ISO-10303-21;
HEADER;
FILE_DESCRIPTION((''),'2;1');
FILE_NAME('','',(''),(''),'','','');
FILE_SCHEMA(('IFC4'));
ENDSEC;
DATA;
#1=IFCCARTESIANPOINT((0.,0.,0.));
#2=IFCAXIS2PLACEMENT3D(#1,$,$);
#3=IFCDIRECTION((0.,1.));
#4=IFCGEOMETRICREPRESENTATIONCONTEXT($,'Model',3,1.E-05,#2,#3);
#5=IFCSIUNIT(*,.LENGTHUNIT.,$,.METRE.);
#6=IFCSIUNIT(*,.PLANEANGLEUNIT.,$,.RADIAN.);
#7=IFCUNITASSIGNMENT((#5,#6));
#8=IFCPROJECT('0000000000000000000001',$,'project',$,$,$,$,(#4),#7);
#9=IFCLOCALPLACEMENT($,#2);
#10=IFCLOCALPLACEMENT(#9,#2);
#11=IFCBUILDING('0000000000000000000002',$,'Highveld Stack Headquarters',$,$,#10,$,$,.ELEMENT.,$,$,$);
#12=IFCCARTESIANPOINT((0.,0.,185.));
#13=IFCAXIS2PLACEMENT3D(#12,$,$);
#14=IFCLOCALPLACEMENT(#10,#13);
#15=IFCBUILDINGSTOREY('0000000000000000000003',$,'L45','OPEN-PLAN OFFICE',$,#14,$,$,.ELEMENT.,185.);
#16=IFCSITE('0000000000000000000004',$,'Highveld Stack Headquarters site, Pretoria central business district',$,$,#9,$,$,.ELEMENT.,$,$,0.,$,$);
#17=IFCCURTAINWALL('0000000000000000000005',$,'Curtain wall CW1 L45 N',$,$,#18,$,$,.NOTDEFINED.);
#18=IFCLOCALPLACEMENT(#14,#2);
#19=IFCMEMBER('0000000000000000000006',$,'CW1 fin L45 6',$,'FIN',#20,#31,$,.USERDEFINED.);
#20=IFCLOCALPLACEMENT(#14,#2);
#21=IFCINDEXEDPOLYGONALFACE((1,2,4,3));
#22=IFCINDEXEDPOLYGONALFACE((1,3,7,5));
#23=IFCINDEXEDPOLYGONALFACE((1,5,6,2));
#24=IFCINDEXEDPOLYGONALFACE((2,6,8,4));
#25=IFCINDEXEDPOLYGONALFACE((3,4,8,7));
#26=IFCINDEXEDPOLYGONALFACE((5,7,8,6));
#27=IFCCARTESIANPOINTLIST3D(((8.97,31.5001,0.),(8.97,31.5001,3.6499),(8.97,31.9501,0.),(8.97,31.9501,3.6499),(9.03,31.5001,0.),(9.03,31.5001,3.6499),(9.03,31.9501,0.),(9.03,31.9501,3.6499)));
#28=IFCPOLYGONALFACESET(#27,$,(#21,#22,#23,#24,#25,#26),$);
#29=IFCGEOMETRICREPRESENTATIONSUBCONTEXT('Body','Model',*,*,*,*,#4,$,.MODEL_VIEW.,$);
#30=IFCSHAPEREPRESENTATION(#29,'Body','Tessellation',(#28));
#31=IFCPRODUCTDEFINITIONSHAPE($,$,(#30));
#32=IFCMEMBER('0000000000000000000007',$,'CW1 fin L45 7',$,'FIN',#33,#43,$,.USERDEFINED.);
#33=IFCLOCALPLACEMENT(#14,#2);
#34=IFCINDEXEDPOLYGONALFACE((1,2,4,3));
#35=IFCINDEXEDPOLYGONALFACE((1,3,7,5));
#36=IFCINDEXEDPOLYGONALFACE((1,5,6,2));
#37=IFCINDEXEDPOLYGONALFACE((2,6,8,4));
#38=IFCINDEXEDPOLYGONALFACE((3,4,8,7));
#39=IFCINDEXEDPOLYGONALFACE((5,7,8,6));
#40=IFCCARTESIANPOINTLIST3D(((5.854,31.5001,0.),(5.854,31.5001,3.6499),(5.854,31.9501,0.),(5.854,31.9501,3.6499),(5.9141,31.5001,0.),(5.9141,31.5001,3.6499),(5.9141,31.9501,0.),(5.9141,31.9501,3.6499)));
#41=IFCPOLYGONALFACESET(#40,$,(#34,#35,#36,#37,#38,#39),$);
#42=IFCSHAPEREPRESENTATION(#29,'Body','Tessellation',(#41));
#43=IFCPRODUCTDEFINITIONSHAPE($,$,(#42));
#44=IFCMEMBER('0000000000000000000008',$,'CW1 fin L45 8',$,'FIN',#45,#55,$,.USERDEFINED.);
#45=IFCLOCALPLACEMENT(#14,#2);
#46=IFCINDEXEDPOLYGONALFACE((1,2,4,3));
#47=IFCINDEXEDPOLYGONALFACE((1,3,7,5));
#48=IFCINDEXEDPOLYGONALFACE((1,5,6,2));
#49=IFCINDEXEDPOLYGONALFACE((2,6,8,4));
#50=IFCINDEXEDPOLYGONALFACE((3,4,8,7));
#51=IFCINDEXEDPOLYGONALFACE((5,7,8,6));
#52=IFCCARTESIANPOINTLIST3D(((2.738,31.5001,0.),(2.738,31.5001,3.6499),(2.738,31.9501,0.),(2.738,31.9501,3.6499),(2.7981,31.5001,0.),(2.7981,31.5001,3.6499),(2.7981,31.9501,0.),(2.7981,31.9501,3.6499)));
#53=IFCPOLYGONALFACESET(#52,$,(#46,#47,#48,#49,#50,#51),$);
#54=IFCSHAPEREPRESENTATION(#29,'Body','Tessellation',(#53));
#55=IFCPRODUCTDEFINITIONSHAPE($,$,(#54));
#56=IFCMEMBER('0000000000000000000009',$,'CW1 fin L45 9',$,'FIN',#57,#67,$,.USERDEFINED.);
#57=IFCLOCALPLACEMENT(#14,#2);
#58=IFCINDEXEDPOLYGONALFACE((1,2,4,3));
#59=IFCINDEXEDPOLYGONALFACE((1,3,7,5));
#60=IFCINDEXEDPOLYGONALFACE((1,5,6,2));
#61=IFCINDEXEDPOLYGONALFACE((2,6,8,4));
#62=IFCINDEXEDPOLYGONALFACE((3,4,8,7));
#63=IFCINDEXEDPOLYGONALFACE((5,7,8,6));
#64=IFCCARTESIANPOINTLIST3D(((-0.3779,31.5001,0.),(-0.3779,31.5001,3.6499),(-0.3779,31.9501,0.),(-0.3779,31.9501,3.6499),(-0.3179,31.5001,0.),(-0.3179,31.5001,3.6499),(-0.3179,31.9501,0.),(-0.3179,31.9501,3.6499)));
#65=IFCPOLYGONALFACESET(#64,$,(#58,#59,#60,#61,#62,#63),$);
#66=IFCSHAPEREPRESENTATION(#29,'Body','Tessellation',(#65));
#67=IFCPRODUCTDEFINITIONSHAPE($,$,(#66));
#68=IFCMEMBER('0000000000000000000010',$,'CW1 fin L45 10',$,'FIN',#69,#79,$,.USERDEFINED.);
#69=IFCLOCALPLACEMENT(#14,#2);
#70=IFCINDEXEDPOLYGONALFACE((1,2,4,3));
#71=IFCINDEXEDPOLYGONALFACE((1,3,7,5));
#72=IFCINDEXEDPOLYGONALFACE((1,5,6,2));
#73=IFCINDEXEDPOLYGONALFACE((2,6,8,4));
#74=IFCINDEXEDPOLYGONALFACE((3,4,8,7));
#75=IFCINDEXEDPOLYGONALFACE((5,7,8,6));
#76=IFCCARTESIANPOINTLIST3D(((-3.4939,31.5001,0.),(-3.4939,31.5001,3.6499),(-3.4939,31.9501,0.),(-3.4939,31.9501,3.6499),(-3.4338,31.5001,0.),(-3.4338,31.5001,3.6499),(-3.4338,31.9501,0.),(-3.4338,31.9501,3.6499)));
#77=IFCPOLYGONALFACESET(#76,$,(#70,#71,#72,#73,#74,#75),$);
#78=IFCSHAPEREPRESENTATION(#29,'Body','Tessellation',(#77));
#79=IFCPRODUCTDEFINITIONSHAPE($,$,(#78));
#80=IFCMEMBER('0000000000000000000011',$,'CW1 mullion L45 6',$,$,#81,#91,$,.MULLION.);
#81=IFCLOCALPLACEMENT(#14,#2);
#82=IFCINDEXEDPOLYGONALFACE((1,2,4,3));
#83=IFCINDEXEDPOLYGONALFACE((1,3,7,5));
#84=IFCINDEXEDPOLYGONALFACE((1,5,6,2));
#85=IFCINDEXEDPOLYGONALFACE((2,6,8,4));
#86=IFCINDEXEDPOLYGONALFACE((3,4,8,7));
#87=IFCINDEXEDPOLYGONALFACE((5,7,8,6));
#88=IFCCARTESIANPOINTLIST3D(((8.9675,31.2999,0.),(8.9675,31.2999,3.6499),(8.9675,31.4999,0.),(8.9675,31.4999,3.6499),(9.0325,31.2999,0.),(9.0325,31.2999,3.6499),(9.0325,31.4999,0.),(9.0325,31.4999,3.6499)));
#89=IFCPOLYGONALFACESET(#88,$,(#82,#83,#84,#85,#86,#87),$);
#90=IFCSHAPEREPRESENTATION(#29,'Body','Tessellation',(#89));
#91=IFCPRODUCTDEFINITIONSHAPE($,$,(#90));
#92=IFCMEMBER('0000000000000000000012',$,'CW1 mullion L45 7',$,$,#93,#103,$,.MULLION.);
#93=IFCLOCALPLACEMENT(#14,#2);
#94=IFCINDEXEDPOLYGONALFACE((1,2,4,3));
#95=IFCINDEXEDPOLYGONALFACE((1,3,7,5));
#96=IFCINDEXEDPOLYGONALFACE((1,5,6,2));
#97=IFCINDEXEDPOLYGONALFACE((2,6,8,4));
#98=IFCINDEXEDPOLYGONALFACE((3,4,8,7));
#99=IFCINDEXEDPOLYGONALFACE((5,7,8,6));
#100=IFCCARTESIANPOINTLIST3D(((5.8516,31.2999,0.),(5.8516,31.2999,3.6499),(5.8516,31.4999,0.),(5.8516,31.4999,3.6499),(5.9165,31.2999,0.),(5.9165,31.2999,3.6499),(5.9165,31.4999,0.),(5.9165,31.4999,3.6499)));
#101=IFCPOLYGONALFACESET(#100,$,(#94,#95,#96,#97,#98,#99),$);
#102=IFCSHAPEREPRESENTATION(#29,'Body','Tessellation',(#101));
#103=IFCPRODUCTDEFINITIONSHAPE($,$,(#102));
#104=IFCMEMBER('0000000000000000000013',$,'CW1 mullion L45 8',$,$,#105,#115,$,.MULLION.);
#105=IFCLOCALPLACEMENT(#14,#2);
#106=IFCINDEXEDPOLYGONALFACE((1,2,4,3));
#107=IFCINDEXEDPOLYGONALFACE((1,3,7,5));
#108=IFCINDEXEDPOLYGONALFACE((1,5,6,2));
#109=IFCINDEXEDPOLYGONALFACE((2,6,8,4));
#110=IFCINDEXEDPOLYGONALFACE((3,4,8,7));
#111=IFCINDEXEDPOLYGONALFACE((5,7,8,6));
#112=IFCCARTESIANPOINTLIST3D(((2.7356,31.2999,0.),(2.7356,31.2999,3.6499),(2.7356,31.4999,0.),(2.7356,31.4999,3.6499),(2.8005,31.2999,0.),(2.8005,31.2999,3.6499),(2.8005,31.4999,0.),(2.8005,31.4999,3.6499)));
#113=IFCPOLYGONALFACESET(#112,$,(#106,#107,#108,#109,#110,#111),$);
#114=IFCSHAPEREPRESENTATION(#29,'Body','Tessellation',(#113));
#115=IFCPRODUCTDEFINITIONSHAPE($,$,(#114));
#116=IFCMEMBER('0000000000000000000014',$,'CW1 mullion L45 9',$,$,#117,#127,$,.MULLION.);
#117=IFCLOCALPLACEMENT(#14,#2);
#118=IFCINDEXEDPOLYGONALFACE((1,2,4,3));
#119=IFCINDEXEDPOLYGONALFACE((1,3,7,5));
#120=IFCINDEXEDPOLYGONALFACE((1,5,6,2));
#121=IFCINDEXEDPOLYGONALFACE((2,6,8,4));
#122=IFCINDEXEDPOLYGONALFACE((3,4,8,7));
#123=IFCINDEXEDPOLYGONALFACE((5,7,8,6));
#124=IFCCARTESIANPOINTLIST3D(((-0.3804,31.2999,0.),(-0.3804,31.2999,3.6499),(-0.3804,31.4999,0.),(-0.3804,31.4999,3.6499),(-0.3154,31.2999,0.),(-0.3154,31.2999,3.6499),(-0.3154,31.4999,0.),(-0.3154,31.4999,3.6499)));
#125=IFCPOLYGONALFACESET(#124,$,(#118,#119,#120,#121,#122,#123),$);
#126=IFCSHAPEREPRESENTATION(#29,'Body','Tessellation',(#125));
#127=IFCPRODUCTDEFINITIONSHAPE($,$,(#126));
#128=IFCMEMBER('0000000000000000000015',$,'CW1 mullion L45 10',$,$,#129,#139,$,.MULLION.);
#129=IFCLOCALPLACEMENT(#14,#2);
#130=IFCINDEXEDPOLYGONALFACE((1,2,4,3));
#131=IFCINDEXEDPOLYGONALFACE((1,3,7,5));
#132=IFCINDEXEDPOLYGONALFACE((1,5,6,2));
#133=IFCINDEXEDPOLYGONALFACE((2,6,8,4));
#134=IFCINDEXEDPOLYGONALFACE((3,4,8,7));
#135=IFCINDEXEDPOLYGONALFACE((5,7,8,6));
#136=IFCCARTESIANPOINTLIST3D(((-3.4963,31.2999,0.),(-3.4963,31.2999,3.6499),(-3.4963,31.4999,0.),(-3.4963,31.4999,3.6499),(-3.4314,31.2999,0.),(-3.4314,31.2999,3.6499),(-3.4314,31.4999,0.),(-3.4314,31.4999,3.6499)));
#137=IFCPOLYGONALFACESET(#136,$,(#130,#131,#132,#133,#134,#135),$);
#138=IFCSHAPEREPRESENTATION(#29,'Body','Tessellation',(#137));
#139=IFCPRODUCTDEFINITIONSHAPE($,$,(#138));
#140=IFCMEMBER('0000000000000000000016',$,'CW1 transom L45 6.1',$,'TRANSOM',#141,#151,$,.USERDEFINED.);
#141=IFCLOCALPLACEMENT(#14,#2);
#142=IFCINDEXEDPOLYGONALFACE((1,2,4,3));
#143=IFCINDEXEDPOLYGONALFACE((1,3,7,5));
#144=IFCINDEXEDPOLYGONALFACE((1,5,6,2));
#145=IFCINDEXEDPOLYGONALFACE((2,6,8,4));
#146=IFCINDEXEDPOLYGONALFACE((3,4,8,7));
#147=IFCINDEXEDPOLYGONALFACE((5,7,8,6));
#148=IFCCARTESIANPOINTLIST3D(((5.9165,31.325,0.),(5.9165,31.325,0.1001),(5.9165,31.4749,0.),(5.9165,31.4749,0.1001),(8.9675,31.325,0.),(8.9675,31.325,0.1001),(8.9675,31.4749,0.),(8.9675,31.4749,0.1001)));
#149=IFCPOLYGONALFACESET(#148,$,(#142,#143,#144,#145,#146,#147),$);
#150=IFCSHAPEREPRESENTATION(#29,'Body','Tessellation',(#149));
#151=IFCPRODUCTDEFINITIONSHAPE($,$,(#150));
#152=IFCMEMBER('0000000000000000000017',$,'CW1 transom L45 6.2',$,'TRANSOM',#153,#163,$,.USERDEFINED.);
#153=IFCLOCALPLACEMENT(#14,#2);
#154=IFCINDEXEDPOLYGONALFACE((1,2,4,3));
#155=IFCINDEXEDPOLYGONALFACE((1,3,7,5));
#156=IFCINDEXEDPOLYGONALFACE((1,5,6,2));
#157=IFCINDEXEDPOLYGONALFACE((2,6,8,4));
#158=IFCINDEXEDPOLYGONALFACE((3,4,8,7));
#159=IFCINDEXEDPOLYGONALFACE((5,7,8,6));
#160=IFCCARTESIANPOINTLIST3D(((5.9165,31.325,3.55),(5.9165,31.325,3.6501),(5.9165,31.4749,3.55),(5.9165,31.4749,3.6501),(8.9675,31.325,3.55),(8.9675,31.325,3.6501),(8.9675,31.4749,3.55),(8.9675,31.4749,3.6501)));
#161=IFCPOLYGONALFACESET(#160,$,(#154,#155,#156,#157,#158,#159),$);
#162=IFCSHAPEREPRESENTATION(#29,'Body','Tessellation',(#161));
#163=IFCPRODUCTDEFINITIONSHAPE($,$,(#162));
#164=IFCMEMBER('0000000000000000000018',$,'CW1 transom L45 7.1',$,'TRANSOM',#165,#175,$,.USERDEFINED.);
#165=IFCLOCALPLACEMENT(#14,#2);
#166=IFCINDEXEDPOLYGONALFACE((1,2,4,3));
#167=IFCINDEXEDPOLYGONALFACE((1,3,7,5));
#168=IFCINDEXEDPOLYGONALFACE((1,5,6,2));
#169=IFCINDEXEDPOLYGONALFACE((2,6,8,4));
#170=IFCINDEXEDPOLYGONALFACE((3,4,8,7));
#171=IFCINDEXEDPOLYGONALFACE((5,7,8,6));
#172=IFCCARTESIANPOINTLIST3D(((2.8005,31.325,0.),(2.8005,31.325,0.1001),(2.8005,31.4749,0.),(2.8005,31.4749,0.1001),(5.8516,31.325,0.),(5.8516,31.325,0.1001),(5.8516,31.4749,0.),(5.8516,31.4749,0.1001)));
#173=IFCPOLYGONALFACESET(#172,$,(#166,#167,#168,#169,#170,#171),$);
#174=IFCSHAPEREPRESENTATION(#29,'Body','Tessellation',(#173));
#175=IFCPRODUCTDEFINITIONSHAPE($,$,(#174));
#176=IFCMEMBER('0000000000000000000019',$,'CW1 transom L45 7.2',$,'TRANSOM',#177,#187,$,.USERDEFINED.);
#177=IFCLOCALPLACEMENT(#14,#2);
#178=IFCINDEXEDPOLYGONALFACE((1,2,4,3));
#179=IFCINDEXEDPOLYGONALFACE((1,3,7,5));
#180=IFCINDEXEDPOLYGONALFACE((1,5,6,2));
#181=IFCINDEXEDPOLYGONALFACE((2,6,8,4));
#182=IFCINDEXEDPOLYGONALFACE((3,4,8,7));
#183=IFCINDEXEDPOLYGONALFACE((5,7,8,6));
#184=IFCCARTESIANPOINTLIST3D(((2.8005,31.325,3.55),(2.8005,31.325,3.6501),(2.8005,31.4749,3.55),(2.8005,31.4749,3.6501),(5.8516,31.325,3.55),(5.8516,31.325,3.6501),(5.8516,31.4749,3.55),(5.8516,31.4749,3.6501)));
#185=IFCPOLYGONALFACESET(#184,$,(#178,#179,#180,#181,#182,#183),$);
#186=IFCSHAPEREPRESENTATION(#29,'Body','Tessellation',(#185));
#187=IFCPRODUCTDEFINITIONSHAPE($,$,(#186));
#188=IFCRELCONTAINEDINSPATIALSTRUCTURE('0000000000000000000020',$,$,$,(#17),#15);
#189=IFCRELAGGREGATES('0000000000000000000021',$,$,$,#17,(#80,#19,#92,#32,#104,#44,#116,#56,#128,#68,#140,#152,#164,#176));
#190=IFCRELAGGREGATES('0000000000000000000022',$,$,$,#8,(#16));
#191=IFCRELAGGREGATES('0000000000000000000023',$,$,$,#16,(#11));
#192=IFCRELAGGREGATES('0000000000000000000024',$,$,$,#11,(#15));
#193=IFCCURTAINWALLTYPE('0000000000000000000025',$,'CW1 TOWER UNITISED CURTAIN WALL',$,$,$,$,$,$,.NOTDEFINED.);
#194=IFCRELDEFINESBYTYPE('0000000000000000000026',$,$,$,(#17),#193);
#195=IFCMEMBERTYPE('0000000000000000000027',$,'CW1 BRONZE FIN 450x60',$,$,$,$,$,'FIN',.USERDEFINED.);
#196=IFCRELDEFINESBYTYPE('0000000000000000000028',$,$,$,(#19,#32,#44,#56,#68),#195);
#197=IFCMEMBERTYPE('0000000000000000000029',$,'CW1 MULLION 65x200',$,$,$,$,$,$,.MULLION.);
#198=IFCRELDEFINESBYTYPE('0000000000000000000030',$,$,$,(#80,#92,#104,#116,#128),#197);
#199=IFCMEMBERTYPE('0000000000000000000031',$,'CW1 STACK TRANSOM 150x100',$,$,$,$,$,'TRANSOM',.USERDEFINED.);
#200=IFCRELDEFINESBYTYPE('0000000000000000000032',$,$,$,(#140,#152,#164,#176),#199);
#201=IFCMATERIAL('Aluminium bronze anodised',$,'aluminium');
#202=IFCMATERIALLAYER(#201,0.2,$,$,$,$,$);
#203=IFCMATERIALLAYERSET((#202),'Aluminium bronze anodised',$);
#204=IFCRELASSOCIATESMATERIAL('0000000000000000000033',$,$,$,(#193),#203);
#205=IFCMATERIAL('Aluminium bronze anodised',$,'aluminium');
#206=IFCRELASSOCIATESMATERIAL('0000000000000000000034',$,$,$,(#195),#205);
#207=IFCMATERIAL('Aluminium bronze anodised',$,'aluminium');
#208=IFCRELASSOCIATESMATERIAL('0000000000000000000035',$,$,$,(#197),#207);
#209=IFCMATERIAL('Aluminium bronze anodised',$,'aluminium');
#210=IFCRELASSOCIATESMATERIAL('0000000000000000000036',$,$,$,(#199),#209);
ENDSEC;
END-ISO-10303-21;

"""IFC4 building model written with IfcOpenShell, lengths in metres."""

from ifc_helpers import new_model, si_unit, direction, frame, origin, origin_2d, place, context, subcontext, project, spatial, rectangle, extrude, material, layer, layer_set, material_profile, profile_set, type_object, element, aggregate, save


model = new_model("IFC4")

# Units and contexts
model_context = context("Model", 3, precision=1e-05, world=origin(), true_north=direction((0.0, 1.0)))
body_context = subcontext(model_context, "Body", "Model", "MODEL_VIEW")
ifc_project = project(units=[si_unit("LENGTHUNIT", "METRE"), si_unit("PLANEANGLEUNIT", "RADIAN")], contexts=[model_context])

# Site, building, storey
site_placement = place(None, origin())
site = spatial("IfcSite", under=ifc_project, at=site_placement, Name="Highveld Stack Headquarters site, Pretoria central business district", CompositionType="ELEMENT", RefElevation=0.0)
building_placement = place(site_placement, origin())
building = spatial("IfcBuilding", under=site, at=building_placement, Name="Highveld Stack Headquarters", CompositionType="ELEMENT")
storey_placement = place(building_placement, frame((0.0, 0.0, 185.0)))
storey = spatial("IfcBuildingStorey", under=building, at=storey_placement, Name="L45", Description="OPEN-PLAN OFFICE", CompositionType="ELEMENT", Elevation=185.0)

# Curtain wall, members
ifc_material_1 = material(Name="Aluminium bronze anodised", Category="aluminium")
ifc_layer_1 = layer(ifc_material_1, 0.2)
ifc_layer_set_1 = layer_set([ifc_layer_1], Name="Aluminium bronze anodised")
curtain_wall_type = type_object("IfcCurtainWallType", Name="CW1 TOWER UNITISED CURTAIN WALL", PredefinedType="NOTDEFINED", material=ifc_layer_set_1)
curtain_wall_placement = place(storey_placement, origin())
curtain_wall = element("IfcCurtainWall", 1, at=curtain_wall_placement, inside=storey, type_object=curtain_wall_type, Name="Curtain wall CW1 L45 N", PredefinedType="NOTDEFINED")
ifc_material_2 = material(Name="Aluminium bronze anodised", Category="aluminium")
ifc_material_profile_1 = material_profile(ifc_material_2, rectangle(XDim=0.45, YDim=0.0601, at=origin_2d()), Name="FIN 450x60")
ifc_profile_set_1 = profile_set([ifc_material_profile_1], Name="Aluminium bronze anodised")
member_type_1 = type_object("IfcMemberType", Name="CW1 BRONZE FIN 450x60", ElementType="FIN", PredefinedType="USERDEFINED", material=ifc_profile_set_1)
member_1_placement = place(storey_placement, frame((9.0, 31.7251, 0.0), z_axis=(0.0, 0.0, 1.0), x_axis=(0.0, -1.0, 0.0)))
member_1 = element("IfcMember", 2, at=member_1_placement, type_object=member_type_1, Name="CW1 fin L45 6", ObjectType="FIN", PredefinedType="USERDEFINED", context=body_context, shape_type="SweptSolid", body=[
    extrude(rectangle(XDim=0.45, YDim=0.0601, at=origin_2d()), origin(), (0.0, 0.0, 1.0), 3.6499),
])
member_2_placement = place(storey_placement, frame((5.884, 31.7251, 0.0), z_axis=(0.0, 0.0, 1.0), x_axis=(0.0, -1.0, 0.0)))
member_2 = element("IfcMember", 3, at=member_2_placement, type_object=member_type_1, Name="CW1 fin L45 7", ObjectType="FIN", PredefinedType="USERDEFINED", context=body_context, shape_type="SweptSolid", body=[
    extrude(rectangle(XDim=0.45, YDim=0.0601, at=origin_2d()), origin(), (0.0, 0.0, 1.0), 3.6499),
])
member_3_placement = place(storey_placement, frame((2.7681, 31.7251, 0.0), z_axis=(0.0, 0.0, 1.0), x_axis=(0.0, -1.0, 0.0)))
member_3 = element("IfcMember", 4, at=member_3_placement, type_object=member_type_1, Name="CW1 fin L45 8", ObjectType="FIN", PredefinedType="USERDEFINED", context=body_context, shape_type="SweptSolid", body=[
    extrude(rectangle(XDim=0.45, YDim=0.0601, at=origin_2d()), origin(), (0.0, 0.0, 1.0), 3.6499),
])
member_4_placement = place(storey_placement, frame((-0.3479, 31.7251, 0.0), z_axis=(0.0, 0.0, 1.0), x_axis=(0.0, -1.0, 0.0)))
member_4 = element("IfcMember", 5, at=member_4_placement, type_object=member_type_1, Name="CW1 fin L45 9", ObjectType="FIN", PredefinedType="USERDEFINED", context=body_context, shape_type="SweptSolid", body=[
    extrude(rectangle(XDim=0.45, YDim=0.0601, at=origin_2d()), origin(), (0.0, 0.0, 1.0), 3.6499),
])
member_5_placement = place(storey_placement, frame((-3.4639, 31.7251, 0.0), z_axis=(0.0, 0.0, 1.0), x_axis=(0.0, -1.0, 0.0)))
member_5 = element("IfcMember", 6, at=member_5_placement, type_object=member_type_1, Name="CW1 fin L45 10", ObjectType="FIN", PredefinedType="USERDEFINED", context=body_context, shape_type="SweptSolid", body=[
    extrude(rectangle(XDim=0.45, YDim=0.0601, at=origin_2d()), origin(), (0.0, 0.0, 1.0), 3.6499),
])
ifc_material_3 = material(Name="Aluminium bronze anodised", Category="aluminium")
ifc_material_profile_2 = material_profile(ifc_material_3, rectangle(XDim=0.2, YDim=0.0649, at=origin_2d()), Name="CW1 MULLION 65x200")
ifc_profile_set_2 = profile_set([ifc_material_profile_2], Name="Aluminium bronze anodised")
member_type_2 = type_object("IfcMemberType", Name="CW1 MULLION 65x200", PredefinedType="MULLION", material=ifc_profile_set_2)
member_6_placement = place(storey_placement, frame((9.0, 31.3999, 0.0), z_axis=(0.0, 0.0, 1.0), x_axis=(0.0, -1.0, 0.0)))
member_6 = element("IfcMember", 7, at=member_6_placement, type_object=member_type_2, Name="CW1 mullion L45 6", PredefinedType="MULLION", context=body_context, shape_type="SweptSolid", body=[
    extrude(rectangle(XDim=0.2, YDim=0.0649, at=origin_2d()), origin(), (0.0, 0.0, 1.0), 3.6499),
])
member_7_placement = place(storey_placement, frame((5.884, 31.3999, 0.0), z_axis=(0.0, 0.0, 1.0), x_axis=(0.0, -1.0, 0.0)))
member_7 = element("IfcMember", 8, at=member_7_placement, type_object=member_type_2, Name="CW1 mullion L45 7", PredefinedType="MULLION", context=body_context, shape_type="SweptSolid", body=[
    extrude(rectangle(XDim=0.2, YDim=0.0649, at=origin_2d()), origin(), (0.0, 0.0, 1.0), 3.6499),
])
member_8_placement = place(storey_placement, frame((2.7681, 31.3999, 0.0), z_axis=(0.0, 0.0, 1.0), x_axis=(0.0, -1.0, 0.0)))
member_8 = element("IfcMember", 9, at=member_8_placement, type_object=member_type_2, Name="CW1 mullion L45 8", PredefinedType="MULLION", context=body_context, shape_type="SweptSolid", body=[
    extrude(rectangle(XDim=0.2, YDim=0.0649, at=origin_2d()), origin(), (0.0, 0.0, 1.0), 3.6499),
])
member_9_placement = place(storey_placement, frame((-0.3479, 31.3999, 0.0), z_axis=(0.0, 0.0, 1.0), x_axis=(0.0, -1.0, 0.0)))
member_9 = element("IfcMember", 10, at=member_9_placement, type_object=member_type_2, Name="CW1 mullion L45 9", PredefinedType="MULLION", context=body_context, shape_type="SweptSolid", body=[
    extrude(rectangle(XDim=0.2, YDim=0.0649, at=origin_2d()), origin(), (0.0, 0.0, 1.0), 3.6499),
])
member_10_placement = place(storey_placement, frame((-3.4639, 31.3999, 0.0), z_axis=(0.0, 0.0, 1.0), x_axis=(0.0, -1.0, 0.0)))
member_10 = element("IfcMember", 11, at=member_10_placement, type_object=member_type_2, Name="CW1 mullion L45 10", PredefinedType="MULLION", context=body_context, shape_type="SweptSolid", body=[
    extrude(rectangle(XDim=0.2, YDim=0.0649, at=origin_2d()), origin(), (0.0, 0.0, 1.0), 3.6499),
])
ifc_material_4 = material(Name="Aluminium bronze anodised", Category="aluminium")
ifc_material_profile_3 = material_profile(ifc_material_4, rectangle(XDim=0.1499, YDim=0.1001, at=origin_2d()), Name="CW1 TRANSOM 150x100")
ifc_profile_set_3 = profile_set([ifc_material_profile_3], Name="Aluminium bronze anodised")
member_type_3 = type_object("IfcMemberType", Name="CW1 STACK TRANSOM 150x100", ElementType="TRANSOM", PredefinedType="USERDEFINED", material=ifc_profile_set_3)
member_11_placement = place(storey_placement, frame((8.9675, 31.3999, 0.05), z_axis=(-1.0, 0.0, 0.0), x_axis=(0.0, -1.0, 0.0)))
member_11 = element("IfcMember", 12, at=member_11_placement, type_object=member_type_3, Name="CW1 transom L45 6.1", ObjectType="TRANSOM", PredefinedType="USERDEFINED", context=body_context, shape_type="SweptSolid", body=[
    extrude(rectangle(XDim=0.1499, YDim=0.1001, at=origin_2d()), origin(), (0.0, 0.0, 1.0), 3.051),
])
member_12_placement = place(storey_placement, frame((8.9675, 31.3999, 3.6001), z_axis=(-1.0, 0.0, 0.0), x_axis=(0.0, -1.0, 0.0)))
member_12 = element("IfcMember", 13, at=member_12_placement, type_object=member_type_3, Name="CW1 transom L45 6.2", ObjectType="TRANSOM", PredefinedType="USERDEFINED", context=body_context, shape_type="SweptSolid", body=[
    extrude(rectangle(XDim=0.1499, YDim=0.1001, at=origin_2d()), origin(), (0.0, 0.0, 1.0), 3.051),
])
member_13_placement = place(storey_placement, frame((5.8516, 31.3999, 0.05), z_axis=(-1.0, 0.0, 0.0), x_axis=(0.0, -1.0, 0.0)))
member_13 = element("IfcMember", 14, at=member_13_placement, type_object=member_type_3, Name="CW1 transom L45 7.1", ObjectType="TRANSOM", PredefinedType="USERDEFINED", context=body_context, shape_type="SweptSolid", body=[
    extrude(rectangle(XDim=0.1499, YDim=0.1001, at=origin_2d()), origin(), (0.0, 0.0, 1.0), 3.051),
])
member_14_placement = place(storey_placement, frame((5.8516, 31.3999, 3.6001), z_axis=(-1.0, 0.0, 0.0), x_axis=(0.0, -1.0, 0.0)))
member_14 = element("IfcMember", 15, at=member_14_placement, type_object=member_type_3, Name="CW1 transom L45 7.2", ObjectType="TRANSOM", PredefinedType="USERDEFINED", context=body_context, shape_type="SweptSolid", body=[
    extrude(rectangle(XDim=0.1499, YDim=0.1001, at=origin_2d()), origin(), (0.0, 0.0, 1.0), 3.051),
])
aggregate(curtain_wall, [member_6, member_1, member_7, member_2, member_8, member_3, member_9, member_4, member_10, member_5, member_11, member_12, member_13, member_14])

save(model, "model.ifc")
